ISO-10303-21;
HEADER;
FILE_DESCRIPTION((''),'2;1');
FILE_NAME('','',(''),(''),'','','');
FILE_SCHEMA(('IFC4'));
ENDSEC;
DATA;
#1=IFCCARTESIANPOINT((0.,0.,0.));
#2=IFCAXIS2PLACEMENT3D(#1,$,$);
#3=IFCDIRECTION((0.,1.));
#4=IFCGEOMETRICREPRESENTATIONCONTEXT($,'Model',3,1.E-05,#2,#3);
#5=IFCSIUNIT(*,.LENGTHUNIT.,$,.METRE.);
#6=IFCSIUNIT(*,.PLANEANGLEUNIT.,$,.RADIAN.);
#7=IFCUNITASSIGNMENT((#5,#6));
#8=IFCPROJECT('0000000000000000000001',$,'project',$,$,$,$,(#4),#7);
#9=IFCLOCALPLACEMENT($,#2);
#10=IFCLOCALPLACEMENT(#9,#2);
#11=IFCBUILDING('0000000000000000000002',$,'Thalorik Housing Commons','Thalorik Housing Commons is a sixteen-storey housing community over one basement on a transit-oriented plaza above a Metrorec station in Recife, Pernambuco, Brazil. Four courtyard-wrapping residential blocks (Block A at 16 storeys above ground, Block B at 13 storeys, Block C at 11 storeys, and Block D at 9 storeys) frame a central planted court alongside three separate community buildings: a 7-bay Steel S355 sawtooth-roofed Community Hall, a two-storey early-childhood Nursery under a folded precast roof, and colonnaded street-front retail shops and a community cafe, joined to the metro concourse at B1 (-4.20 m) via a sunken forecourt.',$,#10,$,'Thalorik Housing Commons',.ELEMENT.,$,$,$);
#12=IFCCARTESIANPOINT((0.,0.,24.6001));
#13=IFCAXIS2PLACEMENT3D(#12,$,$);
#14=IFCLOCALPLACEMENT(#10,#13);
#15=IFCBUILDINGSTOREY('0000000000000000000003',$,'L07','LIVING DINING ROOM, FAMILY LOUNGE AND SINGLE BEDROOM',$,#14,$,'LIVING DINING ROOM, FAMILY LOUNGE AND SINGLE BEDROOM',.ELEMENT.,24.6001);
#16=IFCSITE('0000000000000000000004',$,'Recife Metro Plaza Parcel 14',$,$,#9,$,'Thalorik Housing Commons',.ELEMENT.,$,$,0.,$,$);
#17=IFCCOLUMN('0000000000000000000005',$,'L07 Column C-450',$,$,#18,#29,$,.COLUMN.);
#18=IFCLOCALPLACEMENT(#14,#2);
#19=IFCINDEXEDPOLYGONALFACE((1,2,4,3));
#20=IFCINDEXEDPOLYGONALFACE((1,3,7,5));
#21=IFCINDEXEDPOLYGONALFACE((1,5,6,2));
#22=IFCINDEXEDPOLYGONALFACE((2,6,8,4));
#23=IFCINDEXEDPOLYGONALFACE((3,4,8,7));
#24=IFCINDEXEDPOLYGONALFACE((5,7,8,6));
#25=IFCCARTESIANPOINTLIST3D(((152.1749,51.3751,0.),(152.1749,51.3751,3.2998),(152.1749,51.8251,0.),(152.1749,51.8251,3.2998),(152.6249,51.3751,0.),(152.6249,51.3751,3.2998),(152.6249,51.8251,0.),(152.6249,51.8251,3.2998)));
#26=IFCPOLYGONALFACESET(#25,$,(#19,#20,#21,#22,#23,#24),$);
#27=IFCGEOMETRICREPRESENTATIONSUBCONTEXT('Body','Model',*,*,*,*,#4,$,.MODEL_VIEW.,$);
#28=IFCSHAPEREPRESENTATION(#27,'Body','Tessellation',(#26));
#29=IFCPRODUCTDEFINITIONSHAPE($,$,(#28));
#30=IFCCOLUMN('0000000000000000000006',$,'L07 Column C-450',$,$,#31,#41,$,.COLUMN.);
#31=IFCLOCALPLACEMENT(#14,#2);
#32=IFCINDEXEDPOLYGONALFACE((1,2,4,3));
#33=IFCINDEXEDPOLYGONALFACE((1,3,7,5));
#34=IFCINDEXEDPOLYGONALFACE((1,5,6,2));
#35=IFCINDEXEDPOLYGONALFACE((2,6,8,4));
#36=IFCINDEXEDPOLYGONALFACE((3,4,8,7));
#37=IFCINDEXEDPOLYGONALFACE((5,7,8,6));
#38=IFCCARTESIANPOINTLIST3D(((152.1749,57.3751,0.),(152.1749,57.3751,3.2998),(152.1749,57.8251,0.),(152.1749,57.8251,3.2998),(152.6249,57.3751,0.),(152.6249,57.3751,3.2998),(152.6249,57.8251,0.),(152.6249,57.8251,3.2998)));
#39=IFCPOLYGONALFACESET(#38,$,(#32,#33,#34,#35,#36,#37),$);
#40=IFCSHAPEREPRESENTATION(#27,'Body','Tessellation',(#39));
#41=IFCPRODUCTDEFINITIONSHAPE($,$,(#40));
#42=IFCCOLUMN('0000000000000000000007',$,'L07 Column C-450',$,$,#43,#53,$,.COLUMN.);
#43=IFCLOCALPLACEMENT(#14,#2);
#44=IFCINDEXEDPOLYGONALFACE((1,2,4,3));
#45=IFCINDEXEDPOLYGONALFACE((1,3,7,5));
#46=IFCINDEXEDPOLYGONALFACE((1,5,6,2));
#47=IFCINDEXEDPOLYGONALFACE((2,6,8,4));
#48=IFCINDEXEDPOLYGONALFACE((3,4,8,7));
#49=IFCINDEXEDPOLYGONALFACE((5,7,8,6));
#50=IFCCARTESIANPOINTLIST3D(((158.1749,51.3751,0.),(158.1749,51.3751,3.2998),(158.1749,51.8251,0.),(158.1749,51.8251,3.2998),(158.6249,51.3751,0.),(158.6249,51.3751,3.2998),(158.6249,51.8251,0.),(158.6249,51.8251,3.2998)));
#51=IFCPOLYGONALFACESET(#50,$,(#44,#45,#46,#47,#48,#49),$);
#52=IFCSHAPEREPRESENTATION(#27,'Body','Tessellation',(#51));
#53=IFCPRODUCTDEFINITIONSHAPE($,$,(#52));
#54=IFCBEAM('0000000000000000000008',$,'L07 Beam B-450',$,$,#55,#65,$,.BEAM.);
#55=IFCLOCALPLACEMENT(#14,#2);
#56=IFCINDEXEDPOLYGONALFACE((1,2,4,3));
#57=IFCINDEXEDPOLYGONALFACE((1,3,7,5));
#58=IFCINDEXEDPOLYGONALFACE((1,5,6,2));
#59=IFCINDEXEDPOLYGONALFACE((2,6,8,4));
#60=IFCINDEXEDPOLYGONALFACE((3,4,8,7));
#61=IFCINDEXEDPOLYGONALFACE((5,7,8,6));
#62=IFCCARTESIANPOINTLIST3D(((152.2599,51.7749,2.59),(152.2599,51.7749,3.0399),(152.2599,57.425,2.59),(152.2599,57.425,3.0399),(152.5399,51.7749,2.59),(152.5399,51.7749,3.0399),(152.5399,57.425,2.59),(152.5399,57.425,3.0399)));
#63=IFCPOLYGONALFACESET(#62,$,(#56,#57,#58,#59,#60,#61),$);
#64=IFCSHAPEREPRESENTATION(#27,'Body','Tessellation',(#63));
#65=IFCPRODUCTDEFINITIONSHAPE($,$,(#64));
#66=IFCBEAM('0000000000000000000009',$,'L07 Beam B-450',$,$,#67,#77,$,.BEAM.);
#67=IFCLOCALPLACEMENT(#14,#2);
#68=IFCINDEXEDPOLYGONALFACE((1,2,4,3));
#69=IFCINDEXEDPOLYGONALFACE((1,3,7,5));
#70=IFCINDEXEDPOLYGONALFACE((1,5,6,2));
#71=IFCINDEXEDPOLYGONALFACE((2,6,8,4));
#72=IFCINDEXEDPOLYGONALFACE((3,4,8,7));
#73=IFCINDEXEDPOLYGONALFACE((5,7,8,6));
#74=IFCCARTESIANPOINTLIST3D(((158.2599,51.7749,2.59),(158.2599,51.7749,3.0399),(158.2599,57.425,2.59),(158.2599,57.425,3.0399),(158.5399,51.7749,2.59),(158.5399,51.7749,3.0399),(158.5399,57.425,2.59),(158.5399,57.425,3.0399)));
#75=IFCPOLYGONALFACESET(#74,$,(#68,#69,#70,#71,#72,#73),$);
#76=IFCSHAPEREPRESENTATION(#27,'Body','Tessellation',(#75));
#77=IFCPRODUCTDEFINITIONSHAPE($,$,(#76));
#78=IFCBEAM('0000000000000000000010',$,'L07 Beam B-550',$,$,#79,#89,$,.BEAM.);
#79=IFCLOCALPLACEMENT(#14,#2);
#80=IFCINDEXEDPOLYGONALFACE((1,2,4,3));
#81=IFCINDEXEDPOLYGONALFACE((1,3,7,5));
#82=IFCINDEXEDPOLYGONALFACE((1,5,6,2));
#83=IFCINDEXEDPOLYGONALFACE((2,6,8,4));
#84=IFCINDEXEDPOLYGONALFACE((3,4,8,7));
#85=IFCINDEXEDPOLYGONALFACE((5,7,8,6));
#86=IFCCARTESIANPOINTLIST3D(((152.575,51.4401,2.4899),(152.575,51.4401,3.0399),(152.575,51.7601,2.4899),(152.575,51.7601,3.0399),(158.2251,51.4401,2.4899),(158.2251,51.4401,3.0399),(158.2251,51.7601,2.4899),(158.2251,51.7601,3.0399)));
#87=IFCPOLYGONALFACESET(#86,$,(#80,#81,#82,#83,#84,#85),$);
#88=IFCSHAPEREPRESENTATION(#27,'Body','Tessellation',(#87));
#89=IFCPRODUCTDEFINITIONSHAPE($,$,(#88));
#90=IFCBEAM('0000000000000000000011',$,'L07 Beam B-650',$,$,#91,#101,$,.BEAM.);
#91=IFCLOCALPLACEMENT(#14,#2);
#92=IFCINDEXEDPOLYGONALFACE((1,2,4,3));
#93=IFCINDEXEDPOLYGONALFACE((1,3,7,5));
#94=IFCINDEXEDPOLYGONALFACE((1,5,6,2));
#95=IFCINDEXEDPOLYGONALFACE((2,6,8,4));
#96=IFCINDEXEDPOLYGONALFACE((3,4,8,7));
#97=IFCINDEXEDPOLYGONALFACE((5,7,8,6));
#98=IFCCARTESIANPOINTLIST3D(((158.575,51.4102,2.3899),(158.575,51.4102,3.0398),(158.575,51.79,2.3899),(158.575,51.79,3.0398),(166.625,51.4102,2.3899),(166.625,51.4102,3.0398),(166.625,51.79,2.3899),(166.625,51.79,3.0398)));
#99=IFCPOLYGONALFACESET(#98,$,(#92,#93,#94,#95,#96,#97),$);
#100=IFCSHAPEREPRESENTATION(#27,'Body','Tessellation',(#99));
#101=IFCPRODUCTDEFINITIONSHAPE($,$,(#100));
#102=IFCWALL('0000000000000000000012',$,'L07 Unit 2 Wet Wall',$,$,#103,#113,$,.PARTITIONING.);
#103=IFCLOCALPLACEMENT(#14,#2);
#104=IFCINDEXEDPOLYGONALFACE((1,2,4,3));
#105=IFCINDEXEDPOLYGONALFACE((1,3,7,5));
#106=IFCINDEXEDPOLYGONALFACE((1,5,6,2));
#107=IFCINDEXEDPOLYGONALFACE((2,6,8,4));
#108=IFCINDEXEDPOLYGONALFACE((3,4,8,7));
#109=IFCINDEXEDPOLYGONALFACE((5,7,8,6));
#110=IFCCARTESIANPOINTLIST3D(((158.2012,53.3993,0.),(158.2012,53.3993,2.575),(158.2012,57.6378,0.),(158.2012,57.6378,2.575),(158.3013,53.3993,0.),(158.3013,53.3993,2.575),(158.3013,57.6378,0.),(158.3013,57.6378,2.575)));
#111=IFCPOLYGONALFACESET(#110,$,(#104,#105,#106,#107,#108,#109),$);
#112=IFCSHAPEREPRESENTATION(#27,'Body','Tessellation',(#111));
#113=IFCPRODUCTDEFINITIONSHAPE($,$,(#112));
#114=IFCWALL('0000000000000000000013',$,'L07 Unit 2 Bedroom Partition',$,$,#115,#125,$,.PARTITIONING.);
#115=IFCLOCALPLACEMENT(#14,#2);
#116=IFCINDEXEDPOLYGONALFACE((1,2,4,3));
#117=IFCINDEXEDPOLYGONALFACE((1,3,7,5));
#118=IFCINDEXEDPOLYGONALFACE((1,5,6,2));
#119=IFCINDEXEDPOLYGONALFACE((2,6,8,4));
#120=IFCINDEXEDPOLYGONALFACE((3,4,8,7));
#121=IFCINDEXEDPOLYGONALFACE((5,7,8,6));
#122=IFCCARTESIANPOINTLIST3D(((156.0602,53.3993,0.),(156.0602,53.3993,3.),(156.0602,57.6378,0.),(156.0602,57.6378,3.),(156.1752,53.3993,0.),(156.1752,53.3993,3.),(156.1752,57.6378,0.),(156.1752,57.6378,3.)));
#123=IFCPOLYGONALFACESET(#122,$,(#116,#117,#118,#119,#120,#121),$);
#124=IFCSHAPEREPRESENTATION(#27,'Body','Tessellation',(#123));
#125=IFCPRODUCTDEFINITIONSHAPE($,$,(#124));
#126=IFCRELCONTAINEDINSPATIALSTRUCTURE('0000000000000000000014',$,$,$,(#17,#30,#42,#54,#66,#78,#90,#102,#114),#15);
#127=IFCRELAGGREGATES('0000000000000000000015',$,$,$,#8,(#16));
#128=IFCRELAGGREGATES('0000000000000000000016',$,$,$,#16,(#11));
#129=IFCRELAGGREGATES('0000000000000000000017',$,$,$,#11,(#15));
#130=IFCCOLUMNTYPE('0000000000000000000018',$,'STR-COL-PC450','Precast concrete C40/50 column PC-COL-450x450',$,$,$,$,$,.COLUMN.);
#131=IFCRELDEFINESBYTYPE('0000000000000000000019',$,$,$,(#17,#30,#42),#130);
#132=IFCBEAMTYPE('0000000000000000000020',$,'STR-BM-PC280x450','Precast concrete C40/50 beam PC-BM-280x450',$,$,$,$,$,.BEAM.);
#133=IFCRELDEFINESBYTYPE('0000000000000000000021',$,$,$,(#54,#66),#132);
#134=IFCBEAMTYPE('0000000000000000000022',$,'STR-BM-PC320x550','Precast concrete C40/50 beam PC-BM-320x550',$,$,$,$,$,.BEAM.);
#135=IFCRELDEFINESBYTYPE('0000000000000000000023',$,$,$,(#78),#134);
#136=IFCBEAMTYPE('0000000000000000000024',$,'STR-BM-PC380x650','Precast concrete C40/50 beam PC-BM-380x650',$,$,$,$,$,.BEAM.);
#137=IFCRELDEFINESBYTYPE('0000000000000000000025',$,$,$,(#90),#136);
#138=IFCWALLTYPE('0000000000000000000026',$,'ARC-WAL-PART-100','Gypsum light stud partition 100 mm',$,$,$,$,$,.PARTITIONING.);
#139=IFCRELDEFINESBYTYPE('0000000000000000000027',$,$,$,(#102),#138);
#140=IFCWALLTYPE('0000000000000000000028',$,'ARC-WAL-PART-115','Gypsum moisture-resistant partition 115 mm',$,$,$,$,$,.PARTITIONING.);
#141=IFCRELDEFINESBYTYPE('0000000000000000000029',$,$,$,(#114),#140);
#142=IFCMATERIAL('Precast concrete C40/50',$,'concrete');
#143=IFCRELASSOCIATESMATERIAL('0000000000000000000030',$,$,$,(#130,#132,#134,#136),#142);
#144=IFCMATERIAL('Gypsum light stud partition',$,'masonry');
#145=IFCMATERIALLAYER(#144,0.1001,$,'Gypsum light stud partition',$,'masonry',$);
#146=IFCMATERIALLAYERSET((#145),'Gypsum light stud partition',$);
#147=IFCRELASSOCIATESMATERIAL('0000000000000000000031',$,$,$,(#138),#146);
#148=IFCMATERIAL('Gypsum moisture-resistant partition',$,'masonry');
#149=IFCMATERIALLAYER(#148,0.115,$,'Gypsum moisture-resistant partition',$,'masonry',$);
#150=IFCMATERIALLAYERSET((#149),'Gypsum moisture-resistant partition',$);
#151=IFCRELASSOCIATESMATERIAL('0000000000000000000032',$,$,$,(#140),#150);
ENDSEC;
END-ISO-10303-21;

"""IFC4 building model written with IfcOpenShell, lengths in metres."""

from ifc_helpers import new_model, si_unit, direction, frame, frame_2d, origin, origin_2d, place, context, subcontext, project, spatial, rectangle, extrude, material, layer, layer_set, material_profile, profile_set, type_object, element, save


model = new_model("IFC4")

# Units and contexts
model_context = context("Model", 3, precision=1e-05, world=origin(), true_north=direction((0.0, 1.0)))
body_context = subcontext(model_context, "Body", "Model", "MODEL_VIEW")
ifc_project = project(units=[si_unit("LENGTHUNIT", "METRE"), si_unit("PLANEANGLEUNIT", "RADIAN")], contexts=[model_context])

# Site, building, storey
site_placement = place(None, origin())
site = spatial("IfcSite", under=ifc_project, at=site_placement, Name="Recife Metro Plaza Parcel 14", LongName="Thalorik Housing Commons", CompositionType="ELEMENT", RefElevation=0.0)
building_placement = place(site_placement, origin())
building = spatial("IfcBuilding", under=site, at=building_placement, Name="Thalorik Housing Commons", Description="Thalorik Housing Commons is a sixteen-storey housing community over one basement on a transit-oriented plaza above a Metrorec station in Recife, Pernambuco, Brazil. Four courtyard-wrapping residential blocks (Block A at 16 storeys above ground, Block B at 13 storeys, Block C at 11 storeys, and Block D at 9 storeys) frame a central planted court alongside three separate community buildings: a 7-bay Steel S355 sawtooth-roofed Community Hall, a two-storey early-childhood Nursery under a folded precast roof, and colonnaded street-front retail shops and a community cafe, joined to the metro concourse at B1 (-4.20 m) via a sunken forecourt.", LongName="Thalorik Housing Commons", CompositionType="ELEMENT")
storey_placement = place(building_placement, frame((0.0, 0.0, 24.6001)))
storey = spatial("IfcBuildingStorey", under=building, at=storey_placement, Name="L07", Description="LIVING DINING ROOM, FAMILY LOUNGE AND SINGLE BEDROOM", LongName="LIVING DINING ROOM, FAMILY LOUNGE AND SINGLE BEDROOM", CompositionType="ELEMENT", Elevation=24.6001)

# Columns
ifc_material_1 = material(Name="Precast concrete C40/50", Category="concrete")
ifc_material_profile_1 = material_profile(ifc_material_1, rectangle(XDim=0.45, YDim=0.45, at=origin_2d()), Name="PC 450x450", Category="concrete")
ifc_profile_set_1 = profile_set([ifc_material_profile_1], Name="Precast concrete C40/50")
column_type = type_object("IfcColumnType", Name="STR-COL-PC450", Description="Precast concrete C40/50 column PC-COL-450x450", PredefinedType="COLUMN", material=ifc_profile_set_1)
for number, where, z_axis, x_axis, name in (
    (1, (152.3999, 51.6001, 0.0), (0.0, 0.0, 1.0), (1.0, 0.0, 0.0), "L07 Column C-450"),
    (2, (152.3999, 57.6001, 0.0), (0.0, 0.0, 1.0), (1.0, 0.0, 0.0), "L07 Column C-450"),
    (3, (158.3999, 51.6001, 0.0), (0.0, 0.0, 1.0), (1.0, 0.0, 0.0), "L07 Column C-450"),
):
    element("IfcColumn", number, at=place(storey_placement, frame(where, z_axis=z_axis, x_axis=x_axis)), inside=storey, type_object=column_type, Name=name, PredefinedType="COLUMN", context=body_context, shape_type="SweptSolid", body=[
        extrude(rectangle(XDim=0.45, YDim=0.45, at=origin_2d()), origin(), (0.0, 0.0, 1.0), 3.2998),
    ])

# Beams
ifc_material_profile_2 = material_profile(ifc_material_1, rectangle(XDim=0.28, YDim=0.45, at=origin_2d()), Name="PC 280x450", Category="concrete")
ifc_profile_set_2 = profile_set([ifc_material_profile_2], Name="Precast concrete C40/50")
beam_type_1 = type_object("IfcBeamType", Name="STR-BM-PC280x450", Description="Precast concrete C40/50 beam PC-BM-280x450", PredefinedType="BEAM", material=ifc_profile_set_2)
for number, where, z_axis, x_axis, name in (
    (4, (152.3999, 51.7749, 2.8149), (0.0, 1.0, 0.0), (-1.0, 0.0, 0.0), "L07 Beam B-450"),
    (5, (158.3999, 51.7749, 2.8149), (0.0, 1.0, 0.0), (-1.0, 0.0, 0.0), "L07 Beam B-450"),
):
    element("IfcBeam", number, at=place(storey_placement, frame(where, z_axis=z_axis, x_axis=x_axis)), inside=storey, type_object=beam_type_1, Name=name, PredefinedType="BEAM", context=body_context, shape_type="SweptSolid", body=[
        extrude(rectangle(XDim=0.28, YDim=0.45, at=origin_2d()), origin(), (0.0, 0.0, 1.0), 5.6501),
    ])
ifc_material_profile_3 = material_profile(ifc_material_1, rectangle(XDim=0.3201, YDim=0.55, at=origin_2d()), Name="PC 320x550", Category="concrete")
ifc_profile_set_3 = profile_set([ifc_material_profile_3], Name="Precast concrete C40/50")
beam_type_2 = type_object("IfcBeamType", Name="STR-BM-PC320x550", Description="Precast concrete C40/50 beam PC-BM-320x550", PredefinedType="BEAM", material=ifc_profile_set_3)
beam_1_placement = place(storey_placement, frame((152.575, 51.6001, 2.7649), z_axis=(1.0, 0.0, 0.0), x_axis=(0.0, 1.0, 0.0)))
element("IfcBeam", 6, at=beam_1_placement, inside=storey, type_object=beam_type_2, Name="L07 Beam B-550", PredefinedType="BEAM", context=body_context, shape_type="SweptSolid", body=[
    extrude(rectangle(XDim=0.3201, YDim=0.55, at=origin_2d()), origin(), (0.0, 0.0, 1.0), 5.6501),
])
ifc_material_profile_4 = material_profile(ifc_material_1, rectangle(XDim=0.3799, YDim=0.6499, at=origin_2d()), Name="PC 380x650", Category="concrete")
ifc_profile_set_4 = profile_set([ifc_material_profile_4], Name="Precast concrete C40/50")
beam_type_3 = type_object("IfcBeamType", Name="STR-BM-PC380x650", Description="Precast concrete C40/50 beam PC-BM-380x650", PredefinedType="BEAM", material=ifc_profile_set_4)
beam_2_placement = place(storey_placement, frame((158.575, 51.6001, 2.7148), z_axis=(1.0, 0.0, 0.0), x_axis=(0.0, 1.0, 0.0)))
element("IfcBeam", 7, at=beam_2_placement, inside=storey, type_object=beam_type_3, Name="L07 Beam B-650", PredefinedType="BEAM", context=body_context, shape_type="SweptSolid", body=[
    extrude(rectangle(XDim=0.3799, YDim=0.6499, at=origin_2d()), origin(), (0.0, 0.0, 1.0), 8.05),
])

# Walls
ifc_material_2 = material(Name="Gypsum light stud partition", Category="masonry")
ifc_layer_1 = layer(ifc_material_2, 0.1001, Name="Gypsum light stud partition", Category="masonry")
ifc_layer_set_1 = layer_set([ifc_layer_1], Name="Gypsum light stud partition")
wall_type_1 = type_object("IfcWallType", Name="ARC-WAL-PART-100", Description="Gypsum light stud partition 100 mm", PredefinedType="PARTITIONING", material=ifc_layer_set_1)
wall_1_placement = place(storey_placement, frame((158.2512, 53.3994, 0.0), z_axis=(0.0, 0.0, 1.0), x_axis=(0.0, 1.0, 0.0)))
element("IfcWall", 8, at=wall_1_placement, inside=storey, type_object=wall_type_1, Name="L07 Unit 2 Wet Wall", PredefinedType="PARTITIONING", context=body_context, shape_type="SweptSolid", body=[
    extrude(rectangle(XDim=4.2385, YDim=0.1001, at=frame_2d((2.1191, 0.0))), origin(), (0.0, 0.0, 1.0), 2.575),
])
ifc_material_3 = material(Name="Gypsum moisture-resistant partition", Category="masonry")
ifc_layer_2 = layer(ifc_material_3, 0.115, Name="Gypsum moisture-resistant partition", Category="masonry")
ifc_layer_set_2 = layer_set([ifc_layer_2], Name="Gypsum moisture-resistant partition")
wall_type_2 = type_object("IfcWallType", Name="ARC-WAL-PART-115", Description="Gypsum moisture-resistant partition 115 mm", PredefinedType="PARTITIONING", material=ifc_layer_set_2)
wall_2_placement = place(storey_placement, frame((156.1177, 53.3994, 0.0), z_axis=(0.0, 0.0, 1.0), x_axis=(0.0, 1.0, 0.0)))
element("IfcWall", 9, at=wall_2_placement, inside=storey, type_object=wall_type_2, Name="L07 Unit 2 Bedroom Partition", PredefinedType="PARTITIONING", context=body_context, shape_type="SweptSolid", body=[
    extrude(rectangle(XDim=4.2385, YDim=0.115, at=frame_2d((2.1191, 0.0))), origin(), (0.0, 0.0, 1.0), 3.0),
])

save(model, "model.ifc")
